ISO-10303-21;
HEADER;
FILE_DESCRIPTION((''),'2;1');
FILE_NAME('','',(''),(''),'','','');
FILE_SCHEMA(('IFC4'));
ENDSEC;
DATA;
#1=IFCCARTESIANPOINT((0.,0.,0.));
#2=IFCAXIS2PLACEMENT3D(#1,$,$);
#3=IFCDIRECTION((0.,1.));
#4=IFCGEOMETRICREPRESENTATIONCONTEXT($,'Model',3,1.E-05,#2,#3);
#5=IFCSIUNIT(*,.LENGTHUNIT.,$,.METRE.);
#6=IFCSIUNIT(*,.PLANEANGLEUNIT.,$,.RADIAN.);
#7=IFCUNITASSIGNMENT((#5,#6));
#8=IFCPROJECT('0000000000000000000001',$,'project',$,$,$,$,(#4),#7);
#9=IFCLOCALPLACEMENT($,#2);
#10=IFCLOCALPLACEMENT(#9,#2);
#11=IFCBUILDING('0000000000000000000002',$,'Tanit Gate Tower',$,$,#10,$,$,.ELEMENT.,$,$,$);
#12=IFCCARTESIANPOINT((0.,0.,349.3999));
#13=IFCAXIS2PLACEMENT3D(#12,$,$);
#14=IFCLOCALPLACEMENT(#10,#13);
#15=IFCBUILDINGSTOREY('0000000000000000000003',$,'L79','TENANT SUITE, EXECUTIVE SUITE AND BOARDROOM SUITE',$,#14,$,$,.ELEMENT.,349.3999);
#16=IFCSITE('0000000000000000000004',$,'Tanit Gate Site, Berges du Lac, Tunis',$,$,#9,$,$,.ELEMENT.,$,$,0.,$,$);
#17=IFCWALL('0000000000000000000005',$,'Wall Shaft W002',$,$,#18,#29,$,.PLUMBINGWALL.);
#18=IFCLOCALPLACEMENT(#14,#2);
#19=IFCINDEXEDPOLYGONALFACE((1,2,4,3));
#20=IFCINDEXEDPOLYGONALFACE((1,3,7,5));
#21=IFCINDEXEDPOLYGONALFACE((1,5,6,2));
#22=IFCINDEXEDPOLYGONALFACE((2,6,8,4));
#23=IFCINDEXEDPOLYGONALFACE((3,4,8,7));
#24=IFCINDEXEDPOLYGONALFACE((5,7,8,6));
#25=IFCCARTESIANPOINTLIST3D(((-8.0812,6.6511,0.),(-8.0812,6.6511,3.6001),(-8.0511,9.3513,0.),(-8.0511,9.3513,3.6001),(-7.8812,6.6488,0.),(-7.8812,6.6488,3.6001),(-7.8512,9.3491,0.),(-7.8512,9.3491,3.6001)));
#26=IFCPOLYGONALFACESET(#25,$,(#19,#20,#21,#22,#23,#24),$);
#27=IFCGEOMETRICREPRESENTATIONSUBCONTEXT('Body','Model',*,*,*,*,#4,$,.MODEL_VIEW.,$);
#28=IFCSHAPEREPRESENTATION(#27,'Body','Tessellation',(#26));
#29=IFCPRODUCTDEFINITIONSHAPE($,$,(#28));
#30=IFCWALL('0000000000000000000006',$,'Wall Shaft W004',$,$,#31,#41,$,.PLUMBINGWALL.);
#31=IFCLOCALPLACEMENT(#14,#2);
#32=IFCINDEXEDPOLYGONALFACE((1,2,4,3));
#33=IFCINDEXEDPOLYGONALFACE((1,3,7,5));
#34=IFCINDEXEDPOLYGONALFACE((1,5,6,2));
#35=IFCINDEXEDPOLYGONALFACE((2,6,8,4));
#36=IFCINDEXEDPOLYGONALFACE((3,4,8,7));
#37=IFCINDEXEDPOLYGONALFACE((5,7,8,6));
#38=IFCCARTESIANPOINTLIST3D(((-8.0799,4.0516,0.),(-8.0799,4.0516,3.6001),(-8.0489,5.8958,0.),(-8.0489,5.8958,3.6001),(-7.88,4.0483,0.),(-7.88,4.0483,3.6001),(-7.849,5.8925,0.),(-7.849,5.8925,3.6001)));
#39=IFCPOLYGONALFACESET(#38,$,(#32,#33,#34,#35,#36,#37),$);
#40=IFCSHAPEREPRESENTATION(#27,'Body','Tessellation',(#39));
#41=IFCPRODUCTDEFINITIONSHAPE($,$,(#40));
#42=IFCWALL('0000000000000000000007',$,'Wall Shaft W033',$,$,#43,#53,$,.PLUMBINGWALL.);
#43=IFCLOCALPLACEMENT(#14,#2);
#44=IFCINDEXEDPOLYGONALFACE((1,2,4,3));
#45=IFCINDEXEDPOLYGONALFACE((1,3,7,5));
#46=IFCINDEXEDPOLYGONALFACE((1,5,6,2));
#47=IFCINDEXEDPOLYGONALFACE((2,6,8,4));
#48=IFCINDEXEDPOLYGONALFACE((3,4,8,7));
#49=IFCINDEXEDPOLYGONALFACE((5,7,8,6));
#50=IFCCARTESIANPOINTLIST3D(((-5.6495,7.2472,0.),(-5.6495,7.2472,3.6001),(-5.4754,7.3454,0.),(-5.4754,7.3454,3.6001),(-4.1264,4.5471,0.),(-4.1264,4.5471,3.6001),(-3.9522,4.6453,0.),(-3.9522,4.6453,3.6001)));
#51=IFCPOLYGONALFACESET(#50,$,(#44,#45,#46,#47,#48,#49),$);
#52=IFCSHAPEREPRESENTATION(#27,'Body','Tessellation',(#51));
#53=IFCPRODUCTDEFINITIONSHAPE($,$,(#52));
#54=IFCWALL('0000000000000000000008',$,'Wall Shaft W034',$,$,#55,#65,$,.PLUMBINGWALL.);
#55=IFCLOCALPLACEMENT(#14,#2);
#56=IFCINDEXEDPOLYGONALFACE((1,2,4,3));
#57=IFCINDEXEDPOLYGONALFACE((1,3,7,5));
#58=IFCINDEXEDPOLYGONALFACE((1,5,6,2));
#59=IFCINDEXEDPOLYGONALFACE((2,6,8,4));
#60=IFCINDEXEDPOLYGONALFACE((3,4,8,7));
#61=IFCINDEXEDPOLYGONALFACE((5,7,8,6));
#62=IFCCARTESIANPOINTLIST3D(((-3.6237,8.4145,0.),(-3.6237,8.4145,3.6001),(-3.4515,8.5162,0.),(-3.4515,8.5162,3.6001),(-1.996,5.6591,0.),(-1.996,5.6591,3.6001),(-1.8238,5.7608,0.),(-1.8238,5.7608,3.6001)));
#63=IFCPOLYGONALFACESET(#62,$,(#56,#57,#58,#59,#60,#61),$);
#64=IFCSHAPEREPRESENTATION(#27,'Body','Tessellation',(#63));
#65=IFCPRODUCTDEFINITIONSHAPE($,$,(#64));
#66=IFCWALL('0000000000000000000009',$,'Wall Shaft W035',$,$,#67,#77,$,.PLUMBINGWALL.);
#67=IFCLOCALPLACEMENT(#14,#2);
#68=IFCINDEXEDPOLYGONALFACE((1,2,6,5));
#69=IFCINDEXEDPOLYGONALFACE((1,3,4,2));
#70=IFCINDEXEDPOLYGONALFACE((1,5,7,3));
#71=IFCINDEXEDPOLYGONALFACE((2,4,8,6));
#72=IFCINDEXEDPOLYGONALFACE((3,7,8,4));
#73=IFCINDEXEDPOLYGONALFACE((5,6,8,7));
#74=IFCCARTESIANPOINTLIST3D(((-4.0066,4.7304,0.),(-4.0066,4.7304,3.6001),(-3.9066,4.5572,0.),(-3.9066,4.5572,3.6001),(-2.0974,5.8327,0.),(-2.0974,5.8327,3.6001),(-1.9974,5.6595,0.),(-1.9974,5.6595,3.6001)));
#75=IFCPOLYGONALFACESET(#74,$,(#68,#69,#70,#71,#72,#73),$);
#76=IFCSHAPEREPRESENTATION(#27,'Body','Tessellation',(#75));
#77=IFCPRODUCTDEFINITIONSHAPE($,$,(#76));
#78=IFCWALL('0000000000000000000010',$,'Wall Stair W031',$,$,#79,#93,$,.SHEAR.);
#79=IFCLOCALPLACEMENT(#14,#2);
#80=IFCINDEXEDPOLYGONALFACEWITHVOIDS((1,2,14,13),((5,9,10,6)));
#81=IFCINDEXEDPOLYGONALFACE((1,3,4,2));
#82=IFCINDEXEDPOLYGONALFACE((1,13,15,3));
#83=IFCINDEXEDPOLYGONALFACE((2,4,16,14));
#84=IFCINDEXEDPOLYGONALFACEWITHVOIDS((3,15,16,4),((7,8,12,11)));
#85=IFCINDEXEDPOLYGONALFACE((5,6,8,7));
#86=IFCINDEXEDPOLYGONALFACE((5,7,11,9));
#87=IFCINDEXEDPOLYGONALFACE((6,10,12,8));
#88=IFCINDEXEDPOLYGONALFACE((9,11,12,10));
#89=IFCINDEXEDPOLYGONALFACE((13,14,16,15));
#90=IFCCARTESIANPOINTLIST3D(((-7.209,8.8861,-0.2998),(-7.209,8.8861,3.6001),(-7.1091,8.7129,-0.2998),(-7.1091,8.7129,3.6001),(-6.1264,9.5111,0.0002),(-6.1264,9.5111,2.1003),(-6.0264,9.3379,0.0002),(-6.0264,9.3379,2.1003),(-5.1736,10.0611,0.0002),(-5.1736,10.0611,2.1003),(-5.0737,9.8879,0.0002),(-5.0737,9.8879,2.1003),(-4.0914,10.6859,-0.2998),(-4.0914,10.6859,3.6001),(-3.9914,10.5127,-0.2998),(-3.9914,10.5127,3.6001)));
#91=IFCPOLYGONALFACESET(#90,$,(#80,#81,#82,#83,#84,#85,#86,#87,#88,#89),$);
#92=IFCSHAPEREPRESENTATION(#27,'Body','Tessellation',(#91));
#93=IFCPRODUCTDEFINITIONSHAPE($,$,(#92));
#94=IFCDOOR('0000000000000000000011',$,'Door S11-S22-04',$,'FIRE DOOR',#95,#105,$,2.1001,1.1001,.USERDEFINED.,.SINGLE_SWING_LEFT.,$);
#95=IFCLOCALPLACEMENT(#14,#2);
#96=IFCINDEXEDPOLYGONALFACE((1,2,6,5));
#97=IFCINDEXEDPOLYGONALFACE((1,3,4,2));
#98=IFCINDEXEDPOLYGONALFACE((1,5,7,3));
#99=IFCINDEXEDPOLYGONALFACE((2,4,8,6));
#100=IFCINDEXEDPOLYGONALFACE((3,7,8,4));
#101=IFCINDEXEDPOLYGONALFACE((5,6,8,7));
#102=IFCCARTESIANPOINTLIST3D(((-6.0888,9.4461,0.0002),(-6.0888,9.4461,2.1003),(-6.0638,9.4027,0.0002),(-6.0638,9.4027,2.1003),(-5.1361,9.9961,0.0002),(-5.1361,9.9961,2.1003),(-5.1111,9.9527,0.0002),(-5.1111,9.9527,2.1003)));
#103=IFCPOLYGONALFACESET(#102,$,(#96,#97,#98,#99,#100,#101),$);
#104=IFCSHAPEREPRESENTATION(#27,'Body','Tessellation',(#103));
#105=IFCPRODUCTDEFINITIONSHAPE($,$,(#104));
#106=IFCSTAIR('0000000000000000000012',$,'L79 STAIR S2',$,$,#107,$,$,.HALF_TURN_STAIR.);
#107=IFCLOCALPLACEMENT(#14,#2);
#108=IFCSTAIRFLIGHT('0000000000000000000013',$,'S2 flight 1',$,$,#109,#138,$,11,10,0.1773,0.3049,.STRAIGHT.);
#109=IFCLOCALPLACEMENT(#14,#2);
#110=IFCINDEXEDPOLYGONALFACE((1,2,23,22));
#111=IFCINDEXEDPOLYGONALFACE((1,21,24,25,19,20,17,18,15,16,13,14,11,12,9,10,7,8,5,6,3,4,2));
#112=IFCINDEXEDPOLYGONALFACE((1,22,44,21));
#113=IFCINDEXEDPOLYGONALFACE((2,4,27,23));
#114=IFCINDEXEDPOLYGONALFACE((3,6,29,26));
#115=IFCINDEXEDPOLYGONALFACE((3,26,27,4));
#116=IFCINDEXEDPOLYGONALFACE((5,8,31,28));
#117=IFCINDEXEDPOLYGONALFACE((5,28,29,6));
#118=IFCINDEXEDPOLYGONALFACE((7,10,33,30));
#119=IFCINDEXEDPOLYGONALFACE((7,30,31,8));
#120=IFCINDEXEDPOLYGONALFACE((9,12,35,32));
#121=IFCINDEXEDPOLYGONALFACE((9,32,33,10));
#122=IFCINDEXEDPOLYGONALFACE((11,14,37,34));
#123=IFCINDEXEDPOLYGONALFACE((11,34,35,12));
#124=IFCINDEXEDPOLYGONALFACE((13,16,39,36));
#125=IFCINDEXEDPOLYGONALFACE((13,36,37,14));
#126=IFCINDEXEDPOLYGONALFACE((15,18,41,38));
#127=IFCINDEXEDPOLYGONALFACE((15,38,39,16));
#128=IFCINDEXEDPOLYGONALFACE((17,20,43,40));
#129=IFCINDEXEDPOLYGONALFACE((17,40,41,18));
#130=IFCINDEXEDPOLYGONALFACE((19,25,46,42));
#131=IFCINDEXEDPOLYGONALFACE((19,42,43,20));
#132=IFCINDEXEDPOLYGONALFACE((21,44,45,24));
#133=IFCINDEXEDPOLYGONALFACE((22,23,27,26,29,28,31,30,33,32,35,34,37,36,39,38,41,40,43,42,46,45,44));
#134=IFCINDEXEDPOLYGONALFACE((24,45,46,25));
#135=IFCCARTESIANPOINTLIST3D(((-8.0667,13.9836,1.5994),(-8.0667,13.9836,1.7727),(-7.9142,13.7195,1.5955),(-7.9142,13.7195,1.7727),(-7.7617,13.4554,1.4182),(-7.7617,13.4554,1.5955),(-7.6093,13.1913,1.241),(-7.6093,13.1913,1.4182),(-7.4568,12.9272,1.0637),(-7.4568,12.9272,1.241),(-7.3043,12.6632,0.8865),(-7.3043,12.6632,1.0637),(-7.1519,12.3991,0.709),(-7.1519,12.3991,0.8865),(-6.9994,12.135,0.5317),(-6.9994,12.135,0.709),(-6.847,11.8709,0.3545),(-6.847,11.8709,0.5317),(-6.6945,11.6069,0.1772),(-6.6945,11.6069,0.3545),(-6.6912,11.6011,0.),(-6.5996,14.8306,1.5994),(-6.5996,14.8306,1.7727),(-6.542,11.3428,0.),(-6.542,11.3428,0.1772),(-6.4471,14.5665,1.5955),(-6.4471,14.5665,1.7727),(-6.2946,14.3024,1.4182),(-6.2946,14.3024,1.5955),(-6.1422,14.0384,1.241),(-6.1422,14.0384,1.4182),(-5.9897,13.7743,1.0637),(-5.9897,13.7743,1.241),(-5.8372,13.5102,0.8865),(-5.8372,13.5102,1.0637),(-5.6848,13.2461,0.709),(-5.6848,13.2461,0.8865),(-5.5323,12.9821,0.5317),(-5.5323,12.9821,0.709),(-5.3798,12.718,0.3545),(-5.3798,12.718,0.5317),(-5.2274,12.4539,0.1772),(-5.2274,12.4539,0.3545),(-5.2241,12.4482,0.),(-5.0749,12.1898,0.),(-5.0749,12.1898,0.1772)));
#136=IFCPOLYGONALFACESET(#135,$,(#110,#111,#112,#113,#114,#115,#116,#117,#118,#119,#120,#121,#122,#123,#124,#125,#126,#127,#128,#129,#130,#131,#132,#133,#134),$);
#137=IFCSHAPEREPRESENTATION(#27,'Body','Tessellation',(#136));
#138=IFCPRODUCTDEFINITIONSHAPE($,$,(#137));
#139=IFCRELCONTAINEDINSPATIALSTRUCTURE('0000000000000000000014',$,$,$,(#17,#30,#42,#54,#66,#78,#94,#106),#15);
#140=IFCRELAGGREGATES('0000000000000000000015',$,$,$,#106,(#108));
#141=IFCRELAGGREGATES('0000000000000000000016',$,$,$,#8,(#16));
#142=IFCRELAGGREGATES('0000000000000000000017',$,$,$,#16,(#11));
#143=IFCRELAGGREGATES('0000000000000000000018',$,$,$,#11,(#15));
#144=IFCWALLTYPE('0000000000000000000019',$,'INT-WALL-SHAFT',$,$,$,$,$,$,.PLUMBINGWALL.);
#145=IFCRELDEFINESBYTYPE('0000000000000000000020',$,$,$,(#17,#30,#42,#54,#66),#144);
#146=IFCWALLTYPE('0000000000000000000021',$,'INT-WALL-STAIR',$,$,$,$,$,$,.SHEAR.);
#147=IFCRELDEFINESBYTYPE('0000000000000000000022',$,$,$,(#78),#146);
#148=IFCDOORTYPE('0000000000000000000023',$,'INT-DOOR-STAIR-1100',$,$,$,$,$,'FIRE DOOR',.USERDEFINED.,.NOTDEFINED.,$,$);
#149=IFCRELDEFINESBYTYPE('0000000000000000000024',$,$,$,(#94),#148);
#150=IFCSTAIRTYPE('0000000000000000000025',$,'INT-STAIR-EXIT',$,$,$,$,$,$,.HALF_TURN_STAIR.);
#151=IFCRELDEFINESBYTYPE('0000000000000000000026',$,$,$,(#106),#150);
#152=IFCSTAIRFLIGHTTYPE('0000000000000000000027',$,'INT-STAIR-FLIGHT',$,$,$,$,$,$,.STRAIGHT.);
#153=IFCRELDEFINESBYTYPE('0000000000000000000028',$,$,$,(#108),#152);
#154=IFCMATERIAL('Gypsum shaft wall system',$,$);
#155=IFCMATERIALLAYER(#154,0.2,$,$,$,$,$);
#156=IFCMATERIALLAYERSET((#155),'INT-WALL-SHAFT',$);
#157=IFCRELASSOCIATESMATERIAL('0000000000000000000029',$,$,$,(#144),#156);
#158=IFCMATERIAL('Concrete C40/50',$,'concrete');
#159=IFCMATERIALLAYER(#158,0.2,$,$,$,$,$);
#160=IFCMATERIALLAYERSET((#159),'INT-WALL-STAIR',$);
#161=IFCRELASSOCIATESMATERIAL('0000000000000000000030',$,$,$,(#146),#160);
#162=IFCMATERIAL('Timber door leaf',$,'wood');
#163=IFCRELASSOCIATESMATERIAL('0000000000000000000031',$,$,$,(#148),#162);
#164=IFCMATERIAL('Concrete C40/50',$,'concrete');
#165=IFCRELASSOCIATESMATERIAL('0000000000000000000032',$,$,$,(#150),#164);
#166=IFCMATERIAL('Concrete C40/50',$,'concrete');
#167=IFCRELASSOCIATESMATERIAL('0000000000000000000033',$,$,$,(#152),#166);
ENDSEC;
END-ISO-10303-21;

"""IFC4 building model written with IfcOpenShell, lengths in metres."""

from ifc_helpers import new_model, si_unit, direction, frame, frame_2d, origin, place, context, subcontext, project, spatial, polyline, rectangle, outline, extrude, material, layer, layer_set, type_object, element, fill, aggregate, save


model = new_model("IFC4")

# Units and contexts
model_context = context("Model", 3, precision=1e-05, world=origin(), true_north=direction((0.0, 1.0)))
body_context = subcontext(model_context, "Body", "Model", "MODEL_VIEW")
ifc_project = project(units=[si_unit("LENGTHUNIT", "METRE"), si_unit("PLANEANGLEUNIT", "RADIAN")], contexts=[model_context])

# Site, building, storey
site_placement = place(None, origin())
site = spatial("IfcSite", under=ifc_project, at=site_placement, Name="Tanit Gate Site, Berges du Lac, Tunis", CompositionType="ELEMENT", RefElevation=0.0)
building_placement = place(site_placement, origin())
building = spatial("IfcBuilding", under=site, at=building_placement, Name="Tanit Gate Tower", CompositionType="ELEMENT")
storey_placement = place(building_placement, frame((0.0, 0.0, 349.3999)))
storey = spatial("IfcBuildingStorey", under=building, at=storey_placement, Name="L79", Description="TENANT SUITE, EXECUTIVE SUITE AND BOARDROOM SUITE", CompositionType="ELEMENT", Elevation=349.3999)

# Walls
ifc_material_1 = material(Name="Gypsum shaft wall system")
ifc_layer_1 = layer(ifc_material_1, 0.2)
ifc_layer_set_1 = layer_set([ifc_layer_1], Name="INT-WALL-SHAFT")
wall_type_1 = type_object("IfcWallType", Name="INT-WALL-SHAFT", PredefinedType="PLUMBINGWALL", material=ifc_layer_set_1)
wall_1_placement = place(storey_placement, frame((-7.9512, 9.3501, 0.0), z_axis=(0.0, 0.0, 1.0), x_axis=(-0.01112, -0.999938, 0.0)))
element("IfcWall", 1, at=wall_1_placement, inside=storey, type_object=wall_type_1, Name="Wall Shaft W002", PredefinedType="PLUMBINGWALL", context=body_context, shape_type="SweptSolid", body=[
    extrude(rectangle(XDim=2.7004, YDim=0.2, at=frame_2d((1.3501, 0.0))), origin(), (0.0, 0.0, 1.0), 3.6001),
])
wall_2_placement = place(storey_placement, frame((-7.949, 5.8943, 0.0), z_axis=(0.0, 0.0, 1.0), x_axis=(-0.01681, -0.999859, 0.0)))
element("IfcWall", 2, at=wall_2_placement, inside=storey, type_object=wall_type_1, Name="Wall Shaft W004", PredefinedType="PLUMBINGWALL", context=body_context, shape_type="SweptSolid", body=[
    extrude(rectangle(XDim=1.8445, YDim=0.2, at=frame_2d((0.9224, 0.0))), origin(), (0.0, 0.0, 1.0), 3.6001),
])

# Walls
wall_3_placement = place(storey_placement, frame((-4.0393, 4.5962, 0.0), z_axis=(0.0, 0.0, 1.0), x_axis=(-0.491323, 0.870978, 0.0)))
element("IfcWall", 3, at=wall_3_placement, inside=storey, type_object=wall_type_1, Name="Wall Shaft W033", PredefinedType="PLUMBINGWALL", context=body_context, shape_type="SweptSolid", body=[
    extrude(rectangle(XDim=3.1001, YDim=0.2, at=frame_2d((1.55, 0.0))), origin(), (0.0, 0.0, 1.0), 3.6001),
])
wall_4_placement = place(storey_placement, frame((-3.5376, 8.4653, 0.0), z_axis=(0.0, 0.0, 1.0), x_axis=(0.508616, -0.860993, 0.0)))
element("IfcWall", 4, at=wall_4_placement, inside=storey, type_object=wall_type_1, Name="Wall Shaft W034", PredefinedType="PLUMBINGWALL", context=body_context, shape_type="SweptSolid", body=[
    extrude(rectangle(XDim=3.2002, YDim=0.2, at=frame_2d((1.6001, 0.0))), origin(), (0.0, 0.0, 1.0), 3.6001),
])
wall_5_placement = place(storey_placement, frame((-2.0474, 5.7461, 0.0), z_axis=(0.0, 0.0, 1.0), x_axis=(-0.86602, -0.50001, 0.0)))
element("IfcWall", 5, at=wall_5_placement, inside=storey, type_object=wall_type_1, Name="Wall Shaft W035", PredefinedType="PLUMBINGWALL", context=body_context, shape_type="SweptSolid", body=[
    extrude(rectangle(XDim=2.2046, YDim=0.2, at=frame_2d((1.1023, 0.0))), origin(), (0.0, 0.0, 1.0), 3.6001),
])

# Wall, opening, door
ifc_material_2 = material(Name="Concrete C40/50", Category="concrete")
ifc_layer_2 = layer(ifc_material_2, 0.2)
ifc_layer_set_2 = layer_set([ifc_layer_2], Name="INT-WALL-STAIR")
wall_type_2 = type_object("IfcWallType", Name="INT-WALL-STAIR", PredefinedType="SHEAR", material=ifc_layer_set_2)
wall_6_placement = place(storey_placement, frame((-7.1589, 8.7996, -0.2998), z_axis=(0.0, 0.0, 1.0), x_axis=(0.866048, 0.499961, 0.0)))
wall_6 = element("IfcWall", 6, at=wall_6_placement, inside=storey, type_object=wall_type_2, Name="Wall Stair W031", PredefinedType="SHEAR", context=body_context, shape_type="SweptSolid", body=[
    extrude(rectangle(XDim=3.5999, YDim=0.2, at=frame_2d((1.7998, 0.0))), origin(), (0.0, 0.0, 1.0), 3.8999),
])
opening_1_placement = place(wall_6_placement, frame((1.25, 0.0, 0.3)))
opening_1 = element("IfcOpeningElement", 7, at=opening_1_placement, cuts=wall_6, PredefinedType="OPENING", context=body_context, shape_type="SweptSolid", body=[
    extrude(rectangle(XDim=1.1001, YDim=2.1001, at=frame_2d((0.55, 1.05))), frame((0.0, 0.1099, 0.0), z_axis=(0.0, -1.0, 0.0), x_axis=(1.0, 0.0, 0.0)), (0.0, 0.0, 1.0), 0.22),
])
ifc_material_3 = material(Name="Timber door leaf", Category="wood")
door_type_1 = type_object("IfcDoorType", Name="INT-DOOR-STAIR-1100", ElementType="FIRE DOOR", OperationType="NOTDEFINED", PredefinedType="USERDEFINED", material=ifc_material_3)
door_1_placement = place(opening_1_placement, origin())
door_1 = element("IfcDoor", 8, at=door_1_placement, inside=storey, type_object=door_type_1, Name="Door S11-S22-04", ObjectType="FIRE DOOR", OperationType="SINGLE_SWING_LEFT", OverallHeight=2.1001, OverallWidth=1.1001, PredefinedType="USERDEFINED", context=body_context, shape_type="SweptSolid", body=[
    extrude(rectangle(XDim=1.1001, YDim=2.1001, at=frame_2d((0.55, 1.05))), frame((0.0, 0.0249, 0.0), z_axis=(0.0, -1.0, 0.0), x_axis=(1.0, 0.0, 0.0)), (0.0, 0.0, 1.0), 0.05),
])
fill(opening_1, door_1)

# Stair, stair flight
ifc_material_4 = material(Name="Concrete C40/50", Category="concrete")
stair_type = type_object("IfcStairType", Name="INT-STAIR-EXIT", PredefinedType="HALF_TURN_STAIR", material=ifc_material_4)
stair_placement = place(storey_placement, origin())
stair = element("IfcStair", 9, at=stair_placement, inside=storey, type_object=stair_type, Name="L79 STAIR S2", PredefinedType="HALF_TURN_STAIR")
ifc_material_5 = material(Name="Concrete C40/50", Category="concrete")
stair_flight_type = type_object("IfcStairFlightType", Name="INT-STAIR-FLIGHT", PredefinedType="STRAIGHT", material=ifc_material_5)
stair_flight_placement = place(storey_placement, frame((-5.8083, 11.7664, 0.0), z_axis=(0.0, 0.0, 1.0), x_axis=(-0.5, 0.866025, 0.0)))
stair_flight = element("IfcStairFlight", 10, at=stair_flight_placement, type_object=stair_flight_type, Name="S2 flight 1", NumberOfRisers=11, NumberOfTreads=10, PredefinedType="STRAIGHT", RiserHeight=0.1773, TreadLength=0.3049, context=body_context, shape_type="SweptSolid", body=[
    extrude(outline(polyline([(0.0, 0.0), (0.0, 0.1772), (0.3049, 0.1772), (0.3049, 0.3545), (0.6099, 0.3545), (0.6099, 0.5317), (0.9148, 0.5317), (0.9148, 0.709), (1.2197, 0.709), (1.2197, 0.8865), (1.5247, 0.8865), (1.5247, 1.0637), (1.8296, 1.0637), (1.8296, 1.241), (2.1345, 1.241), (2.1345, 1.4182), (2.4395, 1.4182), (2.4395, 1.5955), (2.7444, 1.5955), (2.7444, 1.7727), (3.0493, 1.7727), (3.0493, 1.95), (3.0493, 1.5994), (0.2983, 0.0), (0.0, 0.0)])), frame((0.0, 0.8472, 0.0), z_axis=(0.0, -1.0, 0.0), x_axis=(1.0, 0.0, 0.0)), (0.0, 0.0, 1.0), 1.6941),
])
aggregate(stair, [stair_flight])

save(model, "model.ifc")
